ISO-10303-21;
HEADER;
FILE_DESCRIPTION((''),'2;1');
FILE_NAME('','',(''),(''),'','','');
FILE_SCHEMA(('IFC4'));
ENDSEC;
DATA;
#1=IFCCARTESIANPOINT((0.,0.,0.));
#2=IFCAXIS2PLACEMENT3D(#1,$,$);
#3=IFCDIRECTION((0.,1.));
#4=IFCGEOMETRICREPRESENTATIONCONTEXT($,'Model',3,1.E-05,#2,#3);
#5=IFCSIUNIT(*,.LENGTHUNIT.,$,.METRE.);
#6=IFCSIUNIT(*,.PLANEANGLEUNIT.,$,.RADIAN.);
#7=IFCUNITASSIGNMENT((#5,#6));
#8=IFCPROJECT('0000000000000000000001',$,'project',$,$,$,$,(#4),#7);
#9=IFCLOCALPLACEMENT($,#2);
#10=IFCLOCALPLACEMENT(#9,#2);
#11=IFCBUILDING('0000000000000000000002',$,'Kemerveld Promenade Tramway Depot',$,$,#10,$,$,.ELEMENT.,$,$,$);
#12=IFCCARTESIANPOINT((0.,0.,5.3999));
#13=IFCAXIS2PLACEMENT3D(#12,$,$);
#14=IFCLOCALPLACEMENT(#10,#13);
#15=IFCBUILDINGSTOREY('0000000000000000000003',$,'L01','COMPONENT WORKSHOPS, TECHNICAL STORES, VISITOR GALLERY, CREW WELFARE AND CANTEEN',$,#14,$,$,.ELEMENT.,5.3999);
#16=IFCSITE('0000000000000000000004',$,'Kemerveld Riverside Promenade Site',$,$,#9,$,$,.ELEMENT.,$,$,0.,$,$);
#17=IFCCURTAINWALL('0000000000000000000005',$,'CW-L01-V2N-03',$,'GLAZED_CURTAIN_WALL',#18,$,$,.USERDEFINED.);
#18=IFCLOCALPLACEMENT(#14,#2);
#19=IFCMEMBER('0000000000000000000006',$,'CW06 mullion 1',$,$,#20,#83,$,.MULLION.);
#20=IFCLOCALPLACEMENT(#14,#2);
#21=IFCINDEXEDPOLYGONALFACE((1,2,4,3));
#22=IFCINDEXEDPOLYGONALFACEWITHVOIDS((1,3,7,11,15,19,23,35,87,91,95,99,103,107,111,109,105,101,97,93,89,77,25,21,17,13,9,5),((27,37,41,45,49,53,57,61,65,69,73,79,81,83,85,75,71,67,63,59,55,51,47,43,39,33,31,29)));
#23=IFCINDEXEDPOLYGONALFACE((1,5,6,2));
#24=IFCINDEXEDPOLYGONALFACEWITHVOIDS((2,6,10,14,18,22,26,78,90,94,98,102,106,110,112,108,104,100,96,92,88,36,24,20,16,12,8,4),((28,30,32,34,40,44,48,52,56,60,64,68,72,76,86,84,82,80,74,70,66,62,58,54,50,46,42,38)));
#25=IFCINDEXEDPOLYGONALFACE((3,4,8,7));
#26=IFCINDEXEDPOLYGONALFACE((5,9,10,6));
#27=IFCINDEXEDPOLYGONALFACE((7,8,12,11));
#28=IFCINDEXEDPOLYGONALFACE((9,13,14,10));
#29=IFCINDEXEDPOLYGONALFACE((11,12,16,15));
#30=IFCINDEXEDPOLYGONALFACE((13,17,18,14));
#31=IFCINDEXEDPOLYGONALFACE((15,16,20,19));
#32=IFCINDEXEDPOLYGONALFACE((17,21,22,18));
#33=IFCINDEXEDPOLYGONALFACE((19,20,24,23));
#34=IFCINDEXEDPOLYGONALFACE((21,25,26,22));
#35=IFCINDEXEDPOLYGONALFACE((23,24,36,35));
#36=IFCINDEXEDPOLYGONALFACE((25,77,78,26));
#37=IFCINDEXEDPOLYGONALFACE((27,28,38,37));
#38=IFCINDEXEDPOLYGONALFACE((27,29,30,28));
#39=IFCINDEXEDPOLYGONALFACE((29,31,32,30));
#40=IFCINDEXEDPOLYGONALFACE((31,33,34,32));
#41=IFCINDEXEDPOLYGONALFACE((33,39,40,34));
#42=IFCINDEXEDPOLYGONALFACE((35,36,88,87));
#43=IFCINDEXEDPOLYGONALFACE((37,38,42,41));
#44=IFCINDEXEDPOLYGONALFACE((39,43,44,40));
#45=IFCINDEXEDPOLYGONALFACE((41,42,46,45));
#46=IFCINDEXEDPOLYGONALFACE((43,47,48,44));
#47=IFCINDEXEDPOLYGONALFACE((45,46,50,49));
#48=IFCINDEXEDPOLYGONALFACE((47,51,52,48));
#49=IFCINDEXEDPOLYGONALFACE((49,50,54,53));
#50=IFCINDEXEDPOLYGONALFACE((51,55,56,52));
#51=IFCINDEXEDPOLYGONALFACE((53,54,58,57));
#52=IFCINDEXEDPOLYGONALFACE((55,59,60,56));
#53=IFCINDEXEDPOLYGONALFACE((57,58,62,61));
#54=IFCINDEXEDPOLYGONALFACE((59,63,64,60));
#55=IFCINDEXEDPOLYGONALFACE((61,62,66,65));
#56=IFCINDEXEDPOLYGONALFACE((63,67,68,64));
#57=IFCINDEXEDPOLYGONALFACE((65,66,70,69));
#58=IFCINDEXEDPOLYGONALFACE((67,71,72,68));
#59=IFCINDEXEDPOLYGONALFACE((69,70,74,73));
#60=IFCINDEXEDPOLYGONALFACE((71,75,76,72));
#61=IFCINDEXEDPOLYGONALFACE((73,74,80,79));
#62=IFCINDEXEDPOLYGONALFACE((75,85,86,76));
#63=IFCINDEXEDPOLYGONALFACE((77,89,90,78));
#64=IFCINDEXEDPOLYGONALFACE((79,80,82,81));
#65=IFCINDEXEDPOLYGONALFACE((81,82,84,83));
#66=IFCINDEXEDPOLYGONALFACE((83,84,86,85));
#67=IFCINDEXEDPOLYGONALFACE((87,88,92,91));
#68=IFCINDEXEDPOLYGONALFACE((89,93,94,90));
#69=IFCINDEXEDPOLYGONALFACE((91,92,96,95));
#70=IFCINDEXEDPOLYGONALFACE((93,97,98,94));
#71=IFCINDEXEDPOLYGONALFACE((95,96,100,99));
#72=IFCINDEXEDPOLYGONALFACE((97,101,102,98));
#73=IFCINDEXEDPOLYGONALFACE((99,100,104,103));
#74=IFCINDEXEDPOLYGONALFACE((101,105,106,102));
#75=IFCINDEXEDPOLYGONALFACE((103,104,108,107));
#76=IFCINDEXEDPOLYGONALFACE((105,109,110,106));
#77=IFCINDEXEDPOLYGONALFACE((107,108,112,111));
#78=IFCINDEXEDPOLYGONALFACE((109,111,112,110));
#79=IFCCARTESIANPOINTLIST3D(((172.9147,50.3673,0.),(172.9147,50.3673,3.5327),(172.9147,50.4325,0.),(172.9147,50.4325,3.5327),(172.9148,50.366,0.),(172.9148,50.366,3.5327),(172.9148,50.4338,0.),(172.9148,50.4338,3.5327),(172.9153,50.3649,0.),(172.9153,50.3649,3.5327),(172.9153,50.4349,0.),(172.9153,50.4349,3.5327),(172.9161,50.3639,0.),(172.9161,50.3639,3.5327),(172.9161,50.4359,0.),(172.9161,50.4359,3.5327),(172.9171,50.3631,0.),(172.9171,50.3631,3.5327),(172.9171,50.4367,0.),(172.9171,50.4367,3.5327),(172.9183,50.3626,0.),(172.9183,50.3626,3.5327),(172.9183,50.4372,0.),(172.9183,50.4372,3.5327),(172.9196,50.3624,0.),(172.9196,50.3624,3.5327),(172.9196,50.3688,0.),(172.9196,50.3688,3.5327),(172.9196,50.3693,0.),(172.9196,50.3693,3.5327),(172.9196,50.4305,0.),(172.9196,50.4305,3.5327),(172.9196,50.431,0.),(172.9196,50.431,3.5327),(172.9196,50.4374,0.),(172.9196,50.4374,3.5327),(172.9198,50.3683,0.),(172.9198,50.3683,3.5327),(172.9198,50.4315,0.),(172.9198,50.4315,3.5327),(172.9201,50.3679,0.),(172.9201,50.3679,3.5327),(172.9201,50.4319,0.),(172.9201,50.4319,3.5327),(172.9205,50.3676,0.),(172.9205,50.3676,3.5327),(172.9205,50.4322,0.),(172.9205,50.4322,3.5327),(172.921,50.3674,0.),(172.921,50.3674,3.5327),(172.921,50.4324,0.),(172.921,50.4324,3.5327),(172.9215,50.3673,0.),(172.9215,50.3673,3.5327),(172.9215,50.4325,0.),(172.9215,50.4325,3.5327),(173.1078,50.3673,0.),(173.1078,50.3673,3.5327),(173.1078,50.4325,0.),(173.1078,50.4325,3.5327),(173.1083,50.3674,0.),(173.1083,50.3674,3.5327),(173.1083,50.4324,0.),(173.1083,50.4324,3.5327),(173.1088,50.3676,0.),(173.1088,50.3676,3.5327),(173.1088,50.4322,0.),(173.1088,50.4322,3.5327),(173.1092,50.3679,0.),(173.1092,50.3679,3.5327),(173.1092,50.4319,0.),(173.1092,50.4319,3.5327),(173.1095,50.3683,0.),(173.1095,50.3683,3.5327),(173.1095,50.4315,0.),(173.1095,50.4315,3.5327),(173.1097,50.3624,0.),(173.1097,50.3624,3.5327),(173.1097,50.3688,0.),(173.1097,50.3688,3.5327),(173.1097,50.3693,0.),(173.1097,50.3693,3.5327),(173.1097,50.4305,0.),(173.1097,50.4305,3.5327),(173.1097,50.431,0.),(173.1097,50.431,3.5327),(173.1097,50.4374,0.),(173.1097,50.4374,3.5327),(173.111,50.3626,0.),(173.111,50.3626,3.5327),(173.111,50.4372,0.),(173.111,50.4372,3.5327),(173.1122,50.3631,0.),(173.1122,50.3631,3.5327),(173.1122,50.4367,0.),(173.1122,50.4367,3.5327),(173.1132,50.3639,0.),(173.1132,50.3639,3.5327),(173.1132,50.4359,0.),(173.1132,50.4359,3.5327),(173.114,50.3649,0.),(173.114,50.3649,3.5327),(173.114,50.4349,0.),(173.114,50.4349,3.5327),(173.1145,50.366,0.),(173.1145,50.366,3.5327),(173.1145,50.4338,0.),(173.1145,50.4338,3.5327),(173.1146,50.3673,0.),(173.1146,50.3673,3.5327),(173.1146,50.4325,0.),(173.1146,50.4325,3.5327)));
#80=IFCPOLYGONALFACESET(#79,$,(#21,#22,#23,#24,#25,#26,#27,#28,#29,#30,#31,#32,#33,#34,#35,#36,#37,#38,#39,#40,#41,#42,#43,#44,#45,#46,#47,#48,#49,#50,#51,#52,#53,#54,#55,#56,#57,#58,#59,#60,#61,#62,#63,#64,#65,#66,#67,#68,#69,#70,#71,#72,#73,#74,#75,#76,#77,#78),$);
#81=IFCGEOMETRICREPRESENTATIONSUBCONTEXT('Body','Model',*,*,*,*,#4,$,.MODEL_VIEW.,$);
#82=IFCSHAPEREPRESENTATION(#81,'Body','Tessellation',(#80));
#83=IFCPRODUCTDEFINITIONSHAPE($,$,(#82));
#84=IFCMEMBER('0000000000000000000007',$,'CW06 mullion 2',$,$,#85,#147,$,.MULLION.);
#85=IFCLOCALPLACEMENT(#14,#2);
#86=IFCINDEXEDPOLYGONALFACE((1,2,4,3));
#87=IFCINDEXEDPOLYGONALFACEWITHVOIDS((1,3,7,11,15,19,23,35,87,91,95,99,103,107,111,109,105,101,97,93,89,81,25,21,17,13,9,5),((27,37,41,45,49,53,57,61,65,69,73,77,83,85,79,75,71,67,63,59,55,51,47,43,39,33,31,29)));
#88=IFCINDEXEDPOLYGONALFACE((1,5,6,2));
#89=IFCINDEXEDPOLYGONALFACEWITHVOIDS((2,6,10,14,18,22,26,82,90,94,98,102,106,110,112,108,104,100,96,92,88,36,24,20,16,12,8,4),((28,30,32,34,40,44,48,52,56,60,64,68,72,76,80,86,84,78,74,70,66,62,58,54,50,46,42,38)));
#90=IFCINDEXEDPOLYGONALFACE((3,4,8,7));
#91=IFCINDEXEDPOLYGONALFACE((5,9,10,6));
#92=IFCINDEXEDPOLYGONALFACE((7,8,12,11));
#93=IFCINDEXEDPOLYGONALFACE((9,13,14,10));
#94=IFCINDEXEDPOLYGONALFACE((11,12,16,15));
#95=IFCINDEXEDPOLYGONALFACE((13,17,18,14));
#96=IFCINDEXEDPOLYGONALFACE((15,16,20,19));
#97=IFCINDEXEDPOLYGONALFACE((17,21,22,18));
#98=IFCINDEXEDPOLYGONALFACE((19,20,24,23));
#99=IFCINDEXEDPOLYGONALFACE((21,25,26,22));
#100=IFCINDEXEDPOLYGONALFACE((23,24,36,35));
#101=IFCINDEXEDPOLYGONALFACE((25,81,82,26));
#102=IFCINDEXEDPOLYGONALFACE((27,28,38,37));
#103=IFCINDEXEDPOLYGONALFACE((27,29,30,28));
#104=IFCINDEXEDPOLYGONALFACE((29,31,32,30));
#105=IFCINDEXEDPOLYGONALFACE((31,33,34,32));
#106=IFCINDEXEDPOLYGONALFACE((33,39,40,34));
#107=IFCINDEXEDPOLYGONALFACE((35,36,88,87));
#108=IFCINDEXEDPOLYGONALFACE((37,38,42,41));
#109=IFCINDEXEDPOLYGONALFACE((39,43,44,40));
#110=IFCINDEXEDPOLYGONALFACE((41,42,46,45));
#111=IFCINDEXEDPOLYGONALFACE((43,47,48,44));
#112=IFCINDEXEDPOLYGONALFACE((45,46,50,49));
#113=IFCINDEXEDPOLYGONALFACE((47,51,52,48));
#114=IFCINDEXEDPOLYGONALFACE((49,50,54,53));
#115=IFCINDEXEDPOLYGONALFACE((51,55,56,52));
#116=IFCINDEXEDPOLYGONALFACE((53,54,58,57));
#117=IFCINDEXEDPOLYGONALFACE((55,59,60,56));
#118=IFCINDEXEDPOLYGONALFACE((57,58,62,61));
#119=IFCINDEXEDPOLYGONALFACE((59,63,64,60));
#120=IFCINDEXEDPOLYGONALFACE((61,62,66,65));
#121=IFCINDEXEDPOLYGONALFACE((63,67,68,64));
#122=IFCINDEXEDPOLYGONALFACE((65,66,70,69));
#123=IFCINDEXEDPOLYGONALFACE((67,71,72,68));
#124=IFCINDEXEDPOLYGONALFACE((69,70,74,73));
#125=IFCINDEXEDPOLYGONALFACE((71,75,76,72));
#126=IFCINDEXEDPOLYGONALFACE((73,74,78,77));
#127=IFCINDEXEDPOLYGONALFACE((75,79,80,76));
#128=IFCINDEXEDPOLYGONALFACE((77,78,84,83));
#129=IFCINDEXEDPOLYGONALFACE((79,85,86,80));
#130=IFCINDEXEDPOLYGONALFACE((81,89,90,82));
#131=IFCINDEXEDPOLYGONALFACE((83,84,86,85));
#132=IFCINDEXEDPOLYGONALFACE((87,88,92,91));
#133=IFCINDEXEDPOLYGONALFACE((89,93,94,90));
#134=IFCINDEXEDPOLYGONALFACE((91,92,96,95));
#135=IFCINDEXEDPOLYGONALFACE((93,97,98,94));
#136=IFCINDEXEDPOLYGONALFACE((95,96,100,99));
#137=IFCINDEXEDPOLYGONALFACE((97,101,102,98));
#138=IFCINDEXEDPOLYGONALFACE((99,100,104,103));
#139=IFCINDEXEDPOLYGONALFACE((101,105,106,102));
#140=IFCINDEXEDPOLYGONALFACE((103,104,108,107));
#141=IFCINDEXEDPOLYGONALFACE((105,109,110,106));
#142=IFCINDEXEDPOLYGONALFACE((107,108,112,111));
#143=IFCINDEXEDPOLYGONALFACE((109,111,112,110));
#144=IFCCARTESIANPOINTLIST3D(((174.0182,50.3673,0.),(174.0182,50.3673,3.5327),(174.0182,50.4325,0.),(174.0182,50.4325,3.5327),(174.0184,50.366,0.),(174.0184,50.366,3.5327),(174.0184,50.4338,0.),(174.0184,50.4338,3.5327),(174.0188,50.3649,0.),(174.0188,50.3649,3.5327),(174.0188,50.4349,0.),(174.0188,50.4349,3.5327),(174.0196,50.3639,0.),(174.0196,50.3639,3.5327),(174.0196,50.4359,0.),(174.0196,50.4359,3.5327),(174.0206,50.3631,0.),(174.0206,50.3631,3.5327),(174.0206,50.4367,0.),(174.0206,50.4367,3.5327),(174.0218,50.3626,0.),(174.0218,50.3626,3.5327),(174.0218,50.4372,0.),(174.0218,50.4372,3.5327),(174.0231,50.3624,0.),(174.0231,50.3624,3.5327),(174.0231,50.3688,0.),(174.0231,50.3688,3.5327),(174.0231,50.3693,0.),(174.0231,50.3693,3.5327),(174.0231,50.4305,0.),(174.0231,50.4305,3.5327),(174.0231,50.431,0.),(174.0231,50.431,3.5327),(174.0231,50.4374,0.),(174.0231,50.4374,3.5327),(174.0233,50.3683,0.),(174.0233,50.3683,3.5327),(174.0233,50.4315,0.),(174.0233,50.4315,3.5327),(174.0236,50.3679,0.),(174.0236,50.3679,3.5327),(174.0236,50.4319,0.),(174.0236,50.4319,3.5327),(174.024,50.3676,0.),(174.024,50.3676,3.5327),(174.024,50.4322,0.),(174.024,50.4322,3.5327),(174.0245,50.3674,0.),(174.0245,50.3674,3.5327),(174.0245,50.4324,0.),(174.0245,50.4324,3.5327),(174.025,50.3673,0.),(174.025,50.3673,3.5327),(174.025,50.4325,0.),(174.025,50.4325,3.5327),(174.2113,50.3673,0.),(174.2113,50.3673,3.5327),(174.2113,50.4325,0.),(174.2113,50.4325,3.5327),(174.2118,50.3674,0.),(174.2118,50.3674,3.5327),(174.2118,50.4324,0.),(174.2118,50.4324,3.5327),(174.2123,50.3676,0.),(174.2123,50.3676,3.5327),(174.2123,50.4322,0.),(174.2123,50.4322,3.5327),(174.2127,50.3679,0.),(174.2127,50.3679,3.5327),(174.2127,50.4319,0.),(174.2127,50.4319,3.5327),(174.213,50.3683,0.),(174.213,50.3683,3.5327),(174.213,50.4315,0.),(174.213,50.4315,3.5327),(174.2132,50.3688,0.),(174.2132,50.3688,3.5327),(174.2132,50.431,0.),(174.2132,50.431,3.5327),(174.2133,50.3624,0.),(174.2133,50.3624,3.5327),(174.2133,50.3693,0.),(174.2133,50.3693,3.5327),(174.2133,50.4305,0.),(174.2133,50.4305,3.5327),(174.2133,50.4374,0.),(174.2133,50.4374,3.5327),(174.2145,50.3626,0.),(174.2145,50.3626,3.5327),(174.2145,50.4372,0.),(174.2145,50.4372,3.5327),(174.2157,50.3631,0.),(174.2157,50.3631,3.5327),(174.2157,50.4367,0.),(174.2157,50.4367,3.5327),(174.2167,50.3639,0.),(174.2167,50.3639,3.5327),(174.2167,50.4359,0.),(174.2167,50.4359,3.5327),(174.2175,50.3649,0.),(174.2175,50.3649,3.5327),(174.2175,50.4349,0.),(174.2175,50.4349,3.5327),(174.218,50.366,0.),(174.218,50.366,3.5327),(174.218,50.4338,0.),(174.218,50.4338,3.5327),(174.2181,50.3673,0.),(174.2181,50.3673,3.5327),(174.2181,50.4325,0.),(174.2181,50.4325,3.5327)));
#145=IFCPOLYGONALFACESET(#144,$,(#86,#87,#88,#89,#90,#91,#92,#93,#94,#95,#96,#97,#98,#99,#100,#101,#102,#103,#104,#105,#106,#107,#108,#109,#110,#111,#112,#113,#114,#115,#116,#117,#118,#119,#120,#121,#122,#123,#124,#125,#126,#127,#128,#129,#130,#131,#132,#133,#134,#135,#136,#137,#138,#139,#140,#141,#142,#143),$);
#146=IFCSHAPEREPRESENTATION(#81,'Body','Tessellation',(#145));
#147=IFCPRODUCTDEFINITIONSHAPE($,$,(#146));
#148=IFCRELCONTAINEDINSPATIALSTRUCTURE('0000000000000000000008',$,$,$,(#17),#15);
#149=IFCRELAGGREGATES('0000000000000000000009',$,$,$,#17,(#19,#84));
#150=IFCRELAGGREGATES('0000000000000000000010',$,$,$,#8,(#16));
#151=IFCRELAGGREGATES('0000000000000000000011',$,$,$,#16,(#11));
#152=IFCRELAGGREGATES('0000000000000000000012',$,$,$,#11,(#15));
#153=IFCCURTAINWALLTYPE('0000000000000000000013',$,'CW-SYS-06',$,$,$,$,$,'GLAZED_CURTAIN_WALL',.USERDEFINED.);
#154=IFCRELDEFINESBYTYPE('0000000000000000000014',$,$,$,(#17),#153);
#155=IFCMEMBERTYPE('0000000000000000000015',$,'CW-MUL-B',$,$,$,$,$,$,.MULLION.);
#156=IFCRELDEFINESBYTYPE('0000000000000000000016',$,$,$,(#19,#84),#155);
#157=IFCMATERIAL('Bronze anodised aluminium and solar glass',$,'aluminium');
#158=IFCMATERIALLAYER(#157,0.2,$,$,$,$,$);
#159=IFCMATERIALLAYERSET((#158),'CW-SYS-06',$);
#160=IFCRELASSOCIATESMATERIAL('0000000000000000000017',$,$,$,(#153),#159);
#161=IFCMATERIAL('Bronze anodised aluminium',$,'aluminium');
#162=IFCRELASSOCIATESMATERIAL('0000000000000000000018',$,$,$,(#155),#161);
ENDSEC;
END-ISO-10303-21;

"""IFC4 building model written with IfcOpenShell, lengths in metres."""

from ifc_helpers import new_model, si_unit, direction, frame, origin, origin_2d, place, context, subcontext, project, spatial, hollow_rectangle, extrude, material, layer, layer_set, material_profile, profile_set, type_object, element, aggregate, save


model = new_model("IFC4")

# Units and contexts
model_context = context("Model", 3, precision=1e-05, world=origin(), true_north=direction((0.0, 1.0)))
body_context = subcontext(model_context, "Body", "Model", "MODEL_VIEW")
ifc_project = project(units=[si_unit("LENGTHUNIT", "METRE"), si_unit("PLANEANGLEUNIT", "RADIAN")], contexts=[model_context])

# Site, building, storey
site_placement = place(None, origin())
site = spatial("IfcSite", under=ifc_project, at=site_placement, Name="Kemerveld Riverside Promenade Site", CompositionType="ELEMENT", RefElevation=0.0)
building_placement = place(site_placement, origin())
building = spatial("IfcBuilding", under=site, at=building_placement, Name="Kemerveld Promenade Tramway Depot", CompositionType="ELEMENT")
storey_placement = place(building_placement, frame((0.0, 0.0, 5.3999)))
storey = spatial("IfcBuildingStorey", under=building, at=storey_placement, Name="L01", Description="COMPONENT WORKSHOPS, TECHNICAL STORES, VISITOR GALLERY, CREW WELFARE AND CANTEEN", CompositionType="ELEMENT", Elevation=5.3999)

# Curtain wall, members
ifc_material_1 = material(Name="Bronze anodised aluminium and solar glass", Category="aluminium")
ifc_layer_1 = layer(ifc_material_1, 0.2)
ifc_layer_set_1 = layer_set([ifc_layer_1], Name="CW-SYS-06")
curtain_wall_type = type_object("IfcCurtainWallType", Name="CW-SYS-06", ElementType="GLAZED_CURTAIN_WALL", PredefinedType="USERDEFINED", material=ifc_layer_set_1)
curtain_wall_placement = place(storey_placement, origin())
curtain_wall = element("IfcCurtainWall", 1, at=curtain_wall_placement, inside=storey, type_object=curtain_wall_type, Name="CW-L01-V2N-03", ObjectType="GLAZED_CURTAIN_WALL", PredefinedType="USERDEFINED")
ifc_material_2 = material(Name="Bronze anodised aluminium", Category="aluminium")
ifc_material_profile_1 = material_profile(ifc_material_2, hollow_rectangle(XDim=0.075, YDim=0.2, WallThickness=0.0049, InnerFilletRadius=0.002, OuterFilletRadius=0.0049, at=origin_2d()), Name="CW-MUL-200x75")
ifc_profile_set_1 = profile_set([ifc_material_profile_1], Name="Bronze anodised aluminium")
member_type_1 = type_object("IfcMemberType", Name="CW-MUL-B", PredefinedType="MULLION", material=ifc_profile_set_1)
member_1_placement = place(storey_placement, frame((173.0146, 50.3999, 0.0), z_axis=(0.0, 0.0, 1.0), x_axis=(0.0, 1.0, 0.0)))
member_1 = element("IfcMember", 2, at=member_1_placement, type_object=member_type_1, Name="CW06 mullion 1", PredefinedType="MULLION", context=body_context, shape_type="SweptSolid", body=[
    extrude(hollow_rectangle(XDim=0.075, YDim=0.2, WallThickness=0.0049, InnerFilletRadius=0.002, OuterFilletRadius=0.0049, at=origin_2d()), origin(), (0.0, 0.0, 1.0), 3.5327),
])
member_2_placement = place(storey_placement, frame((174.1182, 50.3999, 0.0), z_axis=(0.0, 0.0, 1.0), x_axis=(0.0, 1.0, 0.0)))
member_2 = element("IfcMember", 3, at=member_2_placement, type_object=member_type_1, Name="CW06 mullion 2", PredefinedType="MULLION", context=body_context, shape_type="SweptSolid", body=[
    extrude(hollow_rectangle(XDim=0.075, YDim=0.2, WallThickness=0.0049, InnerFilletRadius=0.002, OuterFilletRadius=0.0049, at=origin_2d()), origin(), (0.0, 0.0, 1.0), 3.5327),
])

aggregate(curtain_wall, [member_1, member_2])

save(model, "model.ifc")
